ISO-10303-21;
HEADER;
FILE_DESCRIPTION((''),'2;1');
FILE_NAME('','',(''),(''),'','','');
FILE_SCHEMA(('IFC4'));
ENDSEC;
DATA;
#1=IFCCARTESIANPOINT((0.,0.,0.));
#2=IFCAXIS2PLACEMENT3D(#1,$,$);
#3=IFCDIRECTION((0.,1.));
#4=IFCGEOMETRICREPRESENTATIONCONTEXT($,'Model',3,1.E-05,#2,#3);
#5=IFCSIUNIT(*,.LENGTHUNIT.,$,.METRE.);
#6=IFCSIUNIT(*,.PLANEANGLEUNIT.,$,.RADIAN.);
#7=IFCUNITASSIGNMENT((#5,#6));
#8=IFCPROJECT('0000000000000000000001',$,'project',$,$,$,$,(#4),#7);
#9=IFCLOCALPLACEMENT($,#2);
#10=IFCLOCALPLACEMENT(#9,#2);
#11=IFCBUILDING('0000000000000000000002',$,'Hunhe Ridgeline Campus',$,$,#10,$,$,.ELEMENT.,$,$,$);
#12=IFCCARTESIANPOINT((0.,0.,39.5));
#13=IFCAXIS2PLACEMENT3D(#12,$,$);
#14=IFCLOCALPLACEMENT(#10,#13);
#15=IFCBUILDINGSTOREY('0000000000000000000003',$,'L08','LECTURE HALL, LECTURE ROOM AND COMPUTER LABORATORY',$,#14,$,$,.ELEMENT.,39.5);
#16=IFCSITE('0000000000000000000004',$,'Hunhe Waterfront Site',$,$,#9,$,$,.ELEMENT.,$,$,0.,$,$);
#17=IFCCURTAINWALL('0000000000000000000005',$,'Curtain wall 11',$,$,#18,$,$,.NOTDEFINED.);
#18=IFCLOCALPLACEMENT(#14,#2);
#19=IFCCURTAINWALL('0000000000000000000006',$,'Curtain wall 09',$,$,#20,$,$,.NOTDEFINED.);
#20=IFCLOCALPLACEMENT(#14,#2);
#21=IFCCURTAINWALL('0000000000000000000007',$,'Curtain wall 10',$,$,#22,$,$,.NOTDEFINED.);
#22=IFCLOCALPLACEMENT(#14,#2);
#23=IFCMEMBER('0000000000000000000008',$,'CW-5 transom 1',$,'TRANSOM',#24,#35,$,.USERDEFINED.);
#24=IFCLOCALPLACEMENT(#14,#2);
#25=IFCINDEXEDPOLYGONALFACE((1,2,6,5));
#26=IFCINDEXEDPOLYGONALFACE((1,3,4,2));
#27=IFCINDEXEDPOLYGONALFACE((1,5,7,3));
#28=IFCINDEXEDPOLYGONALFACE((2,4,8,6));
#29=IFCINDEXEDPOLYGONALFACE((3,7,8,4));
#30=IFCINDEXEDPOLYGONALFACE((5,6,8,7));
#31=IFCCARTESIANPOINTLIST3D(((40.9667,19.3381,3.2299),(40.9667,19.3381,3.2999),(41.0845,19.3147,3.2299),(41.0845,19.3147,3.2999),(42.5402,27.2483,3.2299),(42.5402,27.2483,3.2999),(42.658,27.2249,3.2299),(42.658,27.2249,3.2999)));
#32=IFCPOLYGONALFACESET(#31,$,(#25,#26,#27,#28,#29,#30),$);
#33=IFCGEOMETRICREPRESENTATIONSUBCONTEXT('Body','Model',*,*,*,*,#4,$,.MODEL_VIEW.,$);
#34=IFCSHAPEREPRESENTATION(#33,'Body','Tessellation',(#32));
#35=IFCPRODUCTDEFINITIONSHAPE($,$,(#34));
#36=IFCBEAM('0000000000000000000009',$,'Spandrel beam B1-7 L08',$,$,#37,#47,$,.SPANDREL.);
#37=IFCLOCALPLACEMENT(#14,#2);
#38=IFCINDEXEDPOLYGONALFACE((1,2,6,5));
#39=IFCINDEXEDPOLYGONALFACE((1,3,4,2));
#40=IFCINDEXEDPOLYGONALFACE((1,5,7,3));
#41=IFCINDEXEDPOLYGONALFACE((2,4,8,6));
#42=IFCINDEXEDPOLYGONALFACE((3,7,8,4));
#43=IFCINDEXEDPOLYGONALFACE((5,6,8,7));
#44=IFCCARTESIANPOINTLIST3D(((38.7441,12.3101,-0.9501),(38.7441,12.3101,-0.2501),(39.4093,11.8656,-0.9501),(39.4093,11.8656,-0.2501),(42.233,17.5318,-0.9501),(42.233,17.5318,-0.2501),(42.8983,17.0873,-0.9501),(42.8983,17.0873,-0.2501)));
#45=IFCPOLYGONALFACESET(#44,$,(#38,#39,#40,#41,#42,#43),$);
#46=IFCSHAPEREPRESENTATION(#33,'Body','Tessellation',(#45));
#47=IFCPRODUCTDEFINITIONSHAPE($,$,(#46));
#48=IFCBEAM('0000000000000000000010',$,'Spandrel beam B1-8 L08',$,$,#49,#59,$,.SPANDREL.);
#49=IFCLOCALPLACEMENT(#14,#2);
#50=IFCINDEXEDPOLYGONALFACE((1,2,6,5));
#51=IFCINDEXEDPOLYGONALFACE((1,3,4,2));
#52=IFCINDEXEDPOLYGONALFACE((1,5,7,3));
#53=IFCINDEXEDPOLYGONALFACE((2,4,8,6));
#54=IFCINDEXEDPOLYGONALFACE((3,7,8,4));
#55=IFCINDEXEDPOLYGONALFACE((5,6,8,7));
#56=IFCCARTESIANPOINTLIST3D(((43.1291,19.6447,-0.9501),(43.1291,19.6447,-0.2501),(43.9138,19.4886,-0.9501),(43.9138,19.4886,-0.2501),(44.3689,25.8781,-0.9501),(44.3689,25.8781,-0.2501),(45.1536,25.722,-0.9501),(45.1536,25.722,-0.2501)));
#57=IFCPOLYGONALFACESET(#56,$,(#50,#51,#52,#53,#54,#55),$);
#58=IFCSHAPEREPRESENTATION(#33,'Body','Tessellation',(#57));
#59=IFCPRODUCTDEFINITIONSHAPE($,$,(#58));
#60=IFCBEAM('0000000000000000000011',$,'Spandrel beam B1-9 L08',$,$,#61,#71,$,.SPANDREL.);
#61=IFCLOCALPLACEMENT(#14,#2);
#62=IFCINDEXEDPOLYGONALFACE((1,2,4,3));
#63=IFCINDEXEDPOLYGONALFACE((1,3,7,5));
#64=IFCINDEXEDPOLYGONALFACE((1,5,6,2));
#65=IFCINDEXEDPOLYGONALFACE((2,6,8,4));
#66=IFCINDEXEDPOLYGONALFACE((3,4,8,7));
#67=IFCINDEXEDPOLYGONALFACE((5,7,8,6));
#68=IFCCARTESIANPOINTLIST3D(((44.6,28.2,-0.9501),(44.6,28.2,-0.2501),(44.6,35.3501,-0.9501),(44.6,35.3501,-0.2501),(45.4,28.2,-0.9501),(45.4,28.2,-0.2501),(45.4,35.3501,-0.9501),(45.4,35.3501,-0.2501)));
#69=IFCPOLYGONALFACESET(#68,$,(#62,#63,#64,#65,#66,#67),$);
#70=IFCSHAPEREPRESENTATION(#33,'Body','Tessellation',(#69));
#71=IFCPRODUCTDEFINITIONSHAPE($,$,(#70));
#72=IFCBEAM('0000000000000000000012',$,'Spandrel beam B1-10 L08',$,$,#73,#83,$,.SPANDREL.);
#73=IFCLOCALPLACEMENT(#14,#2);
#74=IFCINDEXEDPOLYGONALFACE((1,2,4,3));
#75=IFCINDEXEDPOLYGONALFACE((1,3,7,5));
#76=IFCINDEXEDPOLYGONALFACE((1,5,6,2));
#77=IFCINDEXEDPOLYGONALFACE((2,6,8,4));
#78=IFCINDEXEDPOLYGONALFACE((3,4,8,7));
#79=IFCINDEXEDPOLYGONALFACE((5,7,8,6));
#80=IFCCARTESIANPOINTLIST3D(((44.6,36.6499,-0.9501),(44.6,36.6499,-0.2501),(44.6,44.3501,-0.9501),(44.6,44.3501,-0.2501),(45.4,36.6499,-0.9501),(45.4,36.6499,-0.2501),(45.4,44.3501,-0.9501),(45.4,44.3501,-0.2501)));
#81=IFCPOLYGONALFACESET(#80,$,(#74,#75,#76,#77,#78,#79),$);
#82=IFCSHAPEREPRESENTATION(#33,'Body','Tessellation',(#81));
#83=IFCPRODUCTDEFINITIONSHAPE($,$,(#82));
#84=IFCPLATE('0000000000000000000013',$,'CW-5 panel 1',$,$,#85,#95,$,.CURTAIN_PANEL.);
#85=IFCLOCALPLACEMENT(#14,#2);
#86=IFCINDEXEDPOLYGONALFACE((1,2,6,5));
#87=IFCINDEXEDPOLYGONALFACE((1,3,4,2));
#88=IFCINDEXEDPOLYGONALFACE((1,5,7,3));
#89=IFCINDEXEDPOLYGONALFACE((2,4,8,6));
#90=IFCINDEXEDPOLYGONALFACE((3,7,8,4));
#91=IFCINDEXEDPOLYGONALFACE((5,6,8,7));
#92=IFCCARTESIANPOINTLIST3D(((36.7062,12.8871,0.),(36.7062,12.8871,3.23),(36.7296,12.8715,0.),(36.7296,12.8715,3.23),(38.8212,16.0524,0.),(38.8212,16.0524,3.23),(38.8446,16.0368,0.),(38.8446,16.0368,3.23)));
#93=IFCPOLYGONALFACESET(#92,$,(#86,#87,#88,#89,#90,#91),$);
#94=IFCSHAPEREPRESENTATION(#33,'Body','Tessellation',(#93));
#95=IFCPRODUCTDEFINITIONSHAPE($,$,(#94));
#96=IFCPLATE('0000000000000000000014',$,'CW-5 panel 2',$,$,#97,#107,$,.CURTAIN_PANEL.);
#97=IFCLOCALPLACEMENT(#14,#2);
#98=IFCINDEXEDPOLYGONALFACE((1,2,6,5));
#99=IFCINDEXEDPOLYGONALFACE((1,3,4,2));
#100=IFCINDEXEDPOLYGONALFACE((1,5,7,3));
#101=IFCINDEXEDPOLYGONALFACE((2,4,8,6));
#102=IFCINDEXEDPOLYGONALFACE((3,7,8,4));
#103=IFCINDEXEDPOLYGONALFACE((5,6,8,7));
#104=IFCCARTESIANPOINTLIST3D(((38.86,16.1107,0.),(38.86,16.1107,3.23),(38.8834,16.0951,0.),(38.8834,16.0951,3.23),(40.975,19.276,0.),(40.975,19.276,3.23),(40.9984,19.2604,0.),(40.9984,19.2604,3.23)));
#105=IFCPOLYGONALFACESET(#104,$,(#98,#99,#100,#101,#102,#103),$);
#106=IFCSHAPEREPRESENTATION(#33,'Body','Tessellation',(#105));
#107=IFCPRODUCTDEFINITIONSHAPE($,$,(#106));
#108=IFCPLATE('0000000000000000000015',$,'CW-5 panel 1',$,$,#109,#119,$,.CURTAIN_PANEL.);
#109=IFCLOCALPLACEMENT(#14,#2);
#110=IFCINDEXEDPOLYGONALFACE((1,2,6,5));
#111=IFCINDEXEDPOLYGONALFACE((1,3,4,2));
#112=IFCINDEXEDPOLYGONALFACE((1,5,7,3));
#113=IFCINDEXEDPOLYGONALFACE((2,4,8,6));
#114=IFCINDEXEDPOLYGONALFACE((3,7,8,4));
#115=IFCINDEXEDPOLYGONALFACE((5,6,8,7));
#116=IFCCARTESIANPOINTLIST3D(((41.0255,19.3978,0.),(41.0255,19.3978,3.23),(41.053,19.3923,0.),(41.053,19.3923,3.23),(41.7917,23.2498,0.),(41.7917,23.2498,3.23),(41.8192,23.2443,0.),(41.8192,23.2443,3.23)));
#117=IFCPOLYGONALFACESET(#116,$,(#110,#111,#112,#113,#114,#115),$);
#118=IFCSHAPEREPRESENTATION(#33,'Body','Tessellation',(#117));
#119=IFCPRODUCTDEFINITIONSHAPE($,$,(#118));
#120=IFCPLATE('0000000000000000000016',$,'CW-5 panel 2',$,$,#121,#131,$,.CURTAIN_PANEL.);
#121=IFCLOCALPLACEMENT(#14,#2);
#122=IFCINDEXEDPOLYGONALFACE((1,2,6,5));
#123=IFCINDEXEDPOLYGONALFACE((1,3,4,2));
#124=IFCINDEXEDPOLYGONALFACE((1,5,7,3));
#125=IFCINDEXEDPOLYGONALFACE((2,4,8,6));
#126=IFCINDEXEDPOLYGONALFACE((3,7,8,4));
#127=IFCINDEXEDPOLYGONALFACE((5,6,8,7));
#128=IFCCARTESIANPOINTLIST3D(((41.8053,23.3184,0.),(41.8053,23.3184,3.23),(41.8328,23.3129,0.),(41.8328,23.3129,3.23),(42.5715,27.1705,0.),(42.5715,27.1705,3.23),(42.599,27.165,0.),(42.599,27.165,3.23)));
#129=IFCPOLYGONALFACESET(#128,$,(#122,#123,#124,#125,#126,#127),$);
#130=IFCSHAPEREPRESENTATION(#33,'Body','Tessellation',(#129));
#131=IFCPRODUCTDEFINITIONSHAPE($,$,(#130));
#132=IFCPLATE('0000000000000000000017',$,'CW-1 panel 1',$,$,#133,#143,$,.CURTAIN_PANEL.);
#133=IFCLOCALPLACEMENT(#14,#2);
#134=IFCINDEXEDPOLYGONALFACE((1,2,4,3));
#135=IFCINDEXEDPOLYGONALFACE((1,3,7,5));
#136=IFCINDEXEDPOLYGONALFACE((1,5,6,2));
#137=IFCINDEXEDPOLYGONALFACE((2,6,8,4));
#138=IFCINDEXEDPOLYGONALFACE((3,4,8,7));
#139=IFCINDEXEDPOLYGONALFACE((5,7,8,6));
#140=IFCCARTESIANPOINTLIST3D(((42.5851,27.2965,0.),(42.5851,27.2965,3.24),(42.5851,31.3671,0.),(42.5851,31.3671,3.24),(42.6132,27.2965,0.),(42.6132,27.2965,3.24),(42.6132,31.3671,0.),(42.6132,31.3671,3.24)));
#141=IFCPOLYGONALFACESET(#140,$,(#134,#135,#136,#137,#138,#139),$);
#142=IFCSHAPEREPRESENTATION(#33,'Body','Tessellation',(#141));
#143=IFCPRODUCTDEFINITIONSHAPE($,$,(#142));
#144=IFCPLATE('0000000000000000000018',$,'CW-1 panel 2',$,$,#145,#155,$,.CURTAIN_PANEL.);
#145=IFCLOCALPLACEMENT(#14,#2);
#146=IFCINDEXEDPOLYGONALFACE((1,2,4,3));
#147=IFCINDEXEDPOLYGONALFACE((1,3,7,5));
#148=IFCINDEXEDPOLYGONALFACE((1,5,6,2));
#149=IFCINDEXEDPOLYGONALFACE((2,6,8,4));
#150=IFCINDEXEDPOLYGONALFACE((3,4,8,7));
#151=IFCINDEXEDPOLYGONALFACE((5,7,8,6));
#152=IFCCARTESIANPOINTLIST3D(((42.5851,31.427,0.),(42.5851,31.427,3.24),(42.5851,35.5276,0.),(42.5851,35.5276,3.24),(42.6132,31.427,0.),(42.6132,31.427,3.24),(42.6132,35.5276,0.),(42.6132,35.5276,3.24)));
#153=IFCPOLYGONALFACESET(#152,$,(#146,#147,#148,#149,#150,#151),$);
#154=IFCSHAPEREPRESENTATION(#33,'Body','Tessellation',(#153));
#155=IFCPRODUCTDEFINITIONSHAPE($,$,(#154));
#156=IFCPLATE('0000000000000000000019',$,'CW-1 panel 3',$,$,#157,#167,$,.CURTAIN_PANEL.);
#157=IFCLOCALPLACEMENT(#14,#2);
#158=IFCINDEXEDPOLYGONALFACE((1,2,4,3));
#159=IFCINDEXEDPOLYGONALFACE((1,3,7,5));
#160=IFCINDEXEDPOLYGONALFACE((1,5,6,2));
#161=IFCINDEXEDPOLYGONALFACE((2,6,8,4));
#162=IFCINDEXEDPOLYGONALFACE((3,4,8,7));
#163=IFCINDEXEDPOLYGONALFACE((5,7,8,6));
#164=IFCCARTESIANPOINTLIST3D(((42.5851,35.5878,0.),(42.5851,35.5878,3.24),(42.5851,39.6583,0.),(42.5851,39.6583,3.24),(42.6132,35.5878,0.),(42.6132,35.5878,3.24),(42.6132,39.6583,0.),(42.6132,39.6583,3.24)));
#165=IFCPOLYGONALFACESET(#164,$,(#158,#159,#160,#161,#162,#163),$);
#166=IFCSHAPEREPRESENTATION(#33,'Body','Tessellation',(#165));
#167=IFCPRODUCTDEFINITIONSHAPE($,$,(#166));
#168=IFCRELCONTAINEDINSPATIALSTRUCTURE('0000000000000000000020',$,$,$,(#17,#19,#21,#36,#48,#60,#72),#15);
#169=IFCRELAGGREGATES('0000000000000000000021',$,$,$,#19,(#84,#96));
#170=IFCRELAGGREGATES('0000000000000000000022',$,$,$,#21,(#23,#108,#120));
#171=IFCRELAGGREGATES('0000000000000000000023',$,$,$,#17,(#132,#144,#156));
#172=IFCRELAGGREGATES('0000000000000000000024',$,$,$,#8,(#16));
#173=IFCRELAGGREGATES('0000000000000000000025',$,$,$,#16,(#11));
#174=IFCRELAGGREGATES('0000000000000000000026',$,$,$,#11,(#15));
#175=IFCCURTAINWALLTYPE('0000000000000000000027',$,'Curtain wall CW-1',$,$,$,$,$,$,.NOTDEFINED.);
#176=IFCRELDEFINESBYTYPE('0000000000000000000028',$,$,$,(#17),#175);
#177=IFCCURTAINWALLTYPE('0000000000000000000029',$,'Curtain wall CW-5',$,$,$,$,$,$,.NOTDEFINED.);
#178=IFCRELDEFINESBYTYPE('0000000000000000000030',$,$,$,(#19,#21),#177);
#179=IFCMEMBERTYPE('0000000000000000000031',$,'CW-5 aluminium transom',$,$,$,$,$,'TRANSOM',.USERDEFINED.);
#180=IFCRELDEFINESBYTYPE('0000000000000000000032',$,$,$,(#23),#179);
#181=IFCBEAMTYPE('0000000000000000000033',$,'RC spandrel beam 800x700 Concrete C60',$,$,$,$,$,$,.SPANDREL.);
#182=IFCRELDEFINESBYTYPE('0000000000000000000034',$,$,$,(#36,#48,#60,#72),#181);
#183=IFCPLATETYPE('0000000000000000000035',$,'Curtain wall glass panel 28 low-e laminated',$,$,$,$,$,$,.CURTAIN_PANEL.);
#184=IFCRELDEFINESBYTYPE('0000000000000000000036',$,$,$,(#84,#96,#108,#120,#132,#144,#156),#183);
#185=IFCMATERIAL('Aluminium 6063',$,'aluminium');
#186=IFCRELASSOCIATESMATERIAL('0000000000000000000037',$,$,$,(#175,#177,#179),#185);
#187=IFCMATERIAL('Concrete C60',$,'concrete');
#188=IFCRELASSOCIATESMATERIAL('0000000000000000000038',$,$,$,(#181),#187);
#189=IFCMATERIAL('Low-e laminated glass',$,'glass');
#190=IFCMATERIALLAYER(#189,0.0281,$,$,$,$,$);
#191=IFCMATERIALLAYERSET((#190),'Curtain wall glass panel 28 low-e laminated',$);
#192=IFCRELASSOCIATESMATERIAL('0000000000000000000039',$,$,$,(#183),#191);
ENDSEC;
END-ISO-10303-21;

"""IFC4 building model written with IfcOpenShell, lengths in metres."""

from ifc_helpers import new_model, si_unit, direction, frame, origin, origin_2d, place, context, subcontext, project, spatial, rectangle, extrude, material, layer, layer_set, material_profile, profile_set, type_object, element, aggregate, save


model = new_model("IFC4")

# Units and contexts
model_context = context("Model", 3, precision=1e-05, world=origin(), true_north=direction((0.0, 1.0)))
body_context = subcontext(model_context, "Body", "Model", "MODEL_VIEW")
ifc_project = project(units=[si_unit("LENGTHUNIT", "METRE"), si_unit("PLANEANGLEUNIT", "RADIAN")], contexts=[model_context])

# Site, building, storey
site_placement = place(None, origin())
site = spatial("IfcSite", under=ifc_project, at=site_placement, Name="Hunhe Waterfront Site", CompositionType="ELEMENT", RefElevation=0.0)
building_placement = place(site_placement, origin())
building = spatial("IfcBuilding", under=site, at=building_placement, Name="Hunhe Ridgeline Campus", CompositionType="ELEMENT")
storey_placement = place(building_placement, frame((0.0, 0.0, 39.5)))
storey = spatial("IfcBuildingStorey", under=building, at=storey_placement, Name="L08", Description="LECTURE HALL, LECTURE ROOM AND COMPUTER LABORATORY", CompositionType="ELEMENT", Elevation=39.5)

# Curtain walls, member
ifc_material_1 = material(Name="Aluminium 6063", Category="aluminium")
curtain_wall_type_1 = type_object("IfcCurtainWallType", Name="Curtain wall CW-1", PredefinedType="NOTDEFINED", material=ifc_material_1)
curtain_wall_1_placement = place(storey_placement, origin())
curtain_wall_1 = element("IfcCurtainWall", 1, at=curtain_wall_1_placement, inside=storey, type_object=curtain_wall_type_1, Name="Curtain wall 11", PredefinedType="NOTDEFINED")
curtain_wall_type_2 = type_object("IfcCurtainWallType", Name="Curtain wall CW-5", PredefinedType="NOTDEFINED", material=ifc_material_1)
curtain_wall_2_placement = place(storey_placement, origin())
curtain_wall_2 = element("IfcCurtainWall", 2, at=curtain_wall_2_placement, inside=storey, type_object=curtain_wall_type_2, Name="Curtain wall 09", PredefinedType="NOTDEFINED")
curtain_wall_3_placement = place(storey_placement, origin())
curtain_wall_3 = element("IfcCurtainWall", 3, at=curtain_wall_3_placement, inside=storey, type_object=curtain_wall_type_2, Name="Curtain wall 10", PredefinedType="NOTDEFINED")
ifc_material_profile_1 = material_profile(ifc_material_1, rectangle(XDim=0.1201, YDim=0.0701, at=origin_2d()))
ifc_profile_set_1 = profile_set([ifc_material_profile_1], Name="Aluminium 6063")
member_type_1 = type_object("IfcMemberType", Name="CW-5 aluminium transom", ElementType="TRANSOM", PredefinedType="USERDEFINED", material=ifc_profile_set_1)
member_1_placement = place(storey_placement, frame((41.0256, 19.3264, 3.2649), z_axis=(0.195097, 0.980784, 0.0), x_axis=(-0.980784, 0.195097, 0.0)))
member_1 = element("IfcMember", 4, at=member_1_placement, type_object=member_type_1, Name="CW-5 transom 1", ObjectType="TRANSOM", PredefinedType="USERDEFINED", context=body_context, shape_type="SweptSolid", body=[
    extrude(rectangle(XDim=0.1201, YDim=0.0701, at=origin_2d()), origin(), (0.0, 0.0, 1.0), 8.0652),
])

# Beams
ifc_material_2 = material(Name="Concrete C60", Category="concrete")
ifc_material_profile_2 = material_profile(ifc_material_2, rectangle(XDim=0.8, YDim=0.7, at=origin_2d()))
ifc_profile_set_2 = profile_set([ifc_material_profile_2], Name="Concrete C60")
beam_type = type_object("IfcBeamType", Name="RC spandrel beam 800x700 Concrete C60", PredefinedType="SPANDREL", material=ifc_profile_set_2)
beam_1_placement = place(storey_placement, frame((39.0767, 12.0879, -0.6001), z_axis=(0.55557, 0.83147, 0.0), x_axis=(-0.83147, 0.55557, 0.0)))
element("IfcBeam", 5, at=beam_1_placement, inside=storey, type_object=beam_type, Name="Spandrel beam B1-7 L08", PredefinedType="SPANDREL", context=body_context, shape_type="SweptSolid", body=[
    extrude(rectangle(XDim=0.8, YDim=0.7, at=origin_2d()), origin(), (0.0, 0.0, 1.0), 6.28),
])
beam_2_placement = place(storey_placement, frame((43.5215, 19.5667, -0.6001), z_axis=(0.195067, 0.98079, 0.0), x_axis=(-0.98079, 0.195067, 0.0)))
element("IfcBeam", 6, at=beam_2_placement, inside=storey, type_object=beam_type, Name="Spandrel beam B1-8 L08", PredefinedType="SPANDREL", context=body_context, shape_type="SweptSolid", body=[
    extrude(rectangle(XDim=0.8, YDim=0.7, at=origin_2d()), origin(), (0.0, 0.0, 1.0), 6.3555),
])
beam_3_placement = place(storey_placement, frame((45.0, 28.2, -0.6001), z_axis=(0.0, 1.0, 0.0), x_axis=(-1.0, 0.0, 0.0)))
element("IfcBeam", 7, at=beam_3_placement, inside=storey, type_object=beam_type, Name="Spandrel beam B1-9 L08", PredefinedType="SPANDREL", context=body_context, shape_type="SweptSolid", body=[
    extrude(rectangle(XDim=0.8, YDim=0.7, at=origin_2d()), origin(), (0.0, 0.0, 1.0), 7.1501),
])
beam_4_placement = place(storey_placement, frame((45.0, 36.6499, -0.6001), z_axis=(0.0, 1.0, 0.0), x_axis=(-1.0, 0.0, 0.0)))
element("IfcBeam", 8, at=beam_4_placement, inside=storey, type_object=beam_type, Name="Spandrel beam B1-10 L08", PredefinedType="SPANDREL", context=body_context, shape_type="SweptSolid", body=[
    extrude(rectangle(XDim=0.8, YDim=0.7, at=origin_2d()), origin(), (0.0, 0.0, 1.0), 7.7002),
])

# Plates
ifc_material_3 = material(Name="Low-e laminated glass", Category="glass")
ifc_layer_1 = layer(ifc_material_3, 0.0281)
ifc_layer_set_1 = layer_set([ifc_layer_1], Name="Curtain wall glass panel 28 low-e laminated")
plate_type = type_object("IfcPlateType", Name="Curtain wall glass panel 28 low-e laminated", PredefinedType="CURTAIN_PANEL", material=ifc_layer_set_1)
plate_1_placement = place(storey_placement, frame((37.7754, 14.4619, 0.0), z_axis=(0.0, 0.0, 1.0), x_axis=(0.55557, 0.83147, 0.0)))
plate_1 = element("IfcPlate", 9, at=plate_1_placement, type_object=plate_type, Name="CW-5 panel 1", PredefinedType="CURTAIN_PANEL", context=body_context, shape_type="SweptSolid", body=[
    extrude(rectangle(XDim=3.8069, YDim=0.0281, at=origin_2d()), origin(), (0.0, 0.0, 1.0), 3.23),
])
plate_2_placement = place(storey_placement, frame((39.9292, 17.6855, 0.0), z_axis=(0.0, 0.0, 1.0), x_axis=(0.55557, 0.83147, 0.0)))
plate_2 = element("IfcPlate", 10, at=plate_2_placement, type_object=plate_type, Name="CW-5 panel 2", PredefinedType="CURTAIN_PANEL", context=body_context, shape_type="SweptSolid", body=[
    extrude(rectangle(XDim=3.8069, YDim=0.0281, at=origin_2d()), origin(), (0.0, 0.0, 1.0), 3.23),
])
aggregate(curtain_wall_2, [plate_1, plate_2])
plate_3_placement = place(storey_placement, frame((41.4224, 21.321, 0.0), z_axis=(0.0, 0.0, 1.0), x_axis=(0.19509, 0.980785, 0.0)))
plate_3 = element("IfcPlate", 11, at=plate_3_placement, type_object=plate_type, Name="CW-5 panel 1", PredefinedType="CURTAIN_PANEL", context=body_context, shape_type="SweptSolid", body=[
    extrude(rectangle(XDim=3.9275, YDim=0.0281, at=origin_2d()), origin(), (0.0, 0.0, 1.0), 3.23),
])
plate_4_placement = place(storey_placement, frame((42.2021, 25.2417, 0.0), z_axis=(0.0, 0.0, 1.0), x_axis=(0.19509, 0.980785, 0.0)))
plate_4 = element("IfcPlate", 12, at=plate_4_placement, type_object=plate_type, Name="CW-5 panel 2", PredefinedType="CURTAIN_PANEL", context=body_context, shape_type="SweptSolid", body=[
    extrude(rectangle(XDim=3.9275, YDim=0.0281, at=origin_2d()), origin(), (0.0, 0.0, 1.0), 3.23),
])
aggregate(curtain_wall_3, [member_1, plate_3, plate_4])
plate_5_placement = place(storey_placement, frame((42.5991, 29.3318, 0.0), z_axis=(0.0, 0.0, 1.0), x_axis=(0.0, 1.0, 0.0)))
plate_5 = element("IfcPlate", 13, at=plate_5_placement, type_object=plate_type, Name="CW-1 panel 1", PredefinedType="CURTAIN_PANEL", context=body_context, shape_type="SweptSolid", body=[
    extrude(rectangle(XDim=4.0706, YDim=0.0281, at=origin_2d()), origin(), (0.0, 0.0, 1.0), 3.24),
])
plate_6_placement = place(storey_placement, frame((42.5991, 33.4773, 0.0), z_axis=(0.0, 0.0, 1.0), x_axis=(0.0, 1.0, 0.0)))
plate_6 = element("IfcPlate", 14, at=plate_6_placement, type_object=plate_type, Name="CW-1 panel 2", PredefinedType="CURTAIN_PANEL", context=body_context, shape_type="SweptSolid", body=[
    extrude(rectangle(XDim=4.1006, YDim=0.0281, at=origin_2d()), origin(), (0.0, 0.0, 1.0), 3.24),
])
plate_7_placement = place(storey_placement, frame((42.5991, 37.623, 0.0), z_axis=(0.0, 0.0, 1.0), x_axis=(0.0, 1.0, 0.0)))
plate_7 = element("IfcPlate", 15, at=plate_7_placement, type_object=plate_type, Name="CW-1 panel 3", PredefinedType="CURTAIN_PANEL", context=body_context, shape_type="SweptSolid", body=[
    extrude(rectangle(XDim=4.0706, YDim=0.0281, at=origin_2d()), origin(), (0.0, 0.0, 1.0), 3.24),
])
aggregate(curtain_wall_1, [plate_5, plate_6, plate_7])

save(model, "model.ifc")
